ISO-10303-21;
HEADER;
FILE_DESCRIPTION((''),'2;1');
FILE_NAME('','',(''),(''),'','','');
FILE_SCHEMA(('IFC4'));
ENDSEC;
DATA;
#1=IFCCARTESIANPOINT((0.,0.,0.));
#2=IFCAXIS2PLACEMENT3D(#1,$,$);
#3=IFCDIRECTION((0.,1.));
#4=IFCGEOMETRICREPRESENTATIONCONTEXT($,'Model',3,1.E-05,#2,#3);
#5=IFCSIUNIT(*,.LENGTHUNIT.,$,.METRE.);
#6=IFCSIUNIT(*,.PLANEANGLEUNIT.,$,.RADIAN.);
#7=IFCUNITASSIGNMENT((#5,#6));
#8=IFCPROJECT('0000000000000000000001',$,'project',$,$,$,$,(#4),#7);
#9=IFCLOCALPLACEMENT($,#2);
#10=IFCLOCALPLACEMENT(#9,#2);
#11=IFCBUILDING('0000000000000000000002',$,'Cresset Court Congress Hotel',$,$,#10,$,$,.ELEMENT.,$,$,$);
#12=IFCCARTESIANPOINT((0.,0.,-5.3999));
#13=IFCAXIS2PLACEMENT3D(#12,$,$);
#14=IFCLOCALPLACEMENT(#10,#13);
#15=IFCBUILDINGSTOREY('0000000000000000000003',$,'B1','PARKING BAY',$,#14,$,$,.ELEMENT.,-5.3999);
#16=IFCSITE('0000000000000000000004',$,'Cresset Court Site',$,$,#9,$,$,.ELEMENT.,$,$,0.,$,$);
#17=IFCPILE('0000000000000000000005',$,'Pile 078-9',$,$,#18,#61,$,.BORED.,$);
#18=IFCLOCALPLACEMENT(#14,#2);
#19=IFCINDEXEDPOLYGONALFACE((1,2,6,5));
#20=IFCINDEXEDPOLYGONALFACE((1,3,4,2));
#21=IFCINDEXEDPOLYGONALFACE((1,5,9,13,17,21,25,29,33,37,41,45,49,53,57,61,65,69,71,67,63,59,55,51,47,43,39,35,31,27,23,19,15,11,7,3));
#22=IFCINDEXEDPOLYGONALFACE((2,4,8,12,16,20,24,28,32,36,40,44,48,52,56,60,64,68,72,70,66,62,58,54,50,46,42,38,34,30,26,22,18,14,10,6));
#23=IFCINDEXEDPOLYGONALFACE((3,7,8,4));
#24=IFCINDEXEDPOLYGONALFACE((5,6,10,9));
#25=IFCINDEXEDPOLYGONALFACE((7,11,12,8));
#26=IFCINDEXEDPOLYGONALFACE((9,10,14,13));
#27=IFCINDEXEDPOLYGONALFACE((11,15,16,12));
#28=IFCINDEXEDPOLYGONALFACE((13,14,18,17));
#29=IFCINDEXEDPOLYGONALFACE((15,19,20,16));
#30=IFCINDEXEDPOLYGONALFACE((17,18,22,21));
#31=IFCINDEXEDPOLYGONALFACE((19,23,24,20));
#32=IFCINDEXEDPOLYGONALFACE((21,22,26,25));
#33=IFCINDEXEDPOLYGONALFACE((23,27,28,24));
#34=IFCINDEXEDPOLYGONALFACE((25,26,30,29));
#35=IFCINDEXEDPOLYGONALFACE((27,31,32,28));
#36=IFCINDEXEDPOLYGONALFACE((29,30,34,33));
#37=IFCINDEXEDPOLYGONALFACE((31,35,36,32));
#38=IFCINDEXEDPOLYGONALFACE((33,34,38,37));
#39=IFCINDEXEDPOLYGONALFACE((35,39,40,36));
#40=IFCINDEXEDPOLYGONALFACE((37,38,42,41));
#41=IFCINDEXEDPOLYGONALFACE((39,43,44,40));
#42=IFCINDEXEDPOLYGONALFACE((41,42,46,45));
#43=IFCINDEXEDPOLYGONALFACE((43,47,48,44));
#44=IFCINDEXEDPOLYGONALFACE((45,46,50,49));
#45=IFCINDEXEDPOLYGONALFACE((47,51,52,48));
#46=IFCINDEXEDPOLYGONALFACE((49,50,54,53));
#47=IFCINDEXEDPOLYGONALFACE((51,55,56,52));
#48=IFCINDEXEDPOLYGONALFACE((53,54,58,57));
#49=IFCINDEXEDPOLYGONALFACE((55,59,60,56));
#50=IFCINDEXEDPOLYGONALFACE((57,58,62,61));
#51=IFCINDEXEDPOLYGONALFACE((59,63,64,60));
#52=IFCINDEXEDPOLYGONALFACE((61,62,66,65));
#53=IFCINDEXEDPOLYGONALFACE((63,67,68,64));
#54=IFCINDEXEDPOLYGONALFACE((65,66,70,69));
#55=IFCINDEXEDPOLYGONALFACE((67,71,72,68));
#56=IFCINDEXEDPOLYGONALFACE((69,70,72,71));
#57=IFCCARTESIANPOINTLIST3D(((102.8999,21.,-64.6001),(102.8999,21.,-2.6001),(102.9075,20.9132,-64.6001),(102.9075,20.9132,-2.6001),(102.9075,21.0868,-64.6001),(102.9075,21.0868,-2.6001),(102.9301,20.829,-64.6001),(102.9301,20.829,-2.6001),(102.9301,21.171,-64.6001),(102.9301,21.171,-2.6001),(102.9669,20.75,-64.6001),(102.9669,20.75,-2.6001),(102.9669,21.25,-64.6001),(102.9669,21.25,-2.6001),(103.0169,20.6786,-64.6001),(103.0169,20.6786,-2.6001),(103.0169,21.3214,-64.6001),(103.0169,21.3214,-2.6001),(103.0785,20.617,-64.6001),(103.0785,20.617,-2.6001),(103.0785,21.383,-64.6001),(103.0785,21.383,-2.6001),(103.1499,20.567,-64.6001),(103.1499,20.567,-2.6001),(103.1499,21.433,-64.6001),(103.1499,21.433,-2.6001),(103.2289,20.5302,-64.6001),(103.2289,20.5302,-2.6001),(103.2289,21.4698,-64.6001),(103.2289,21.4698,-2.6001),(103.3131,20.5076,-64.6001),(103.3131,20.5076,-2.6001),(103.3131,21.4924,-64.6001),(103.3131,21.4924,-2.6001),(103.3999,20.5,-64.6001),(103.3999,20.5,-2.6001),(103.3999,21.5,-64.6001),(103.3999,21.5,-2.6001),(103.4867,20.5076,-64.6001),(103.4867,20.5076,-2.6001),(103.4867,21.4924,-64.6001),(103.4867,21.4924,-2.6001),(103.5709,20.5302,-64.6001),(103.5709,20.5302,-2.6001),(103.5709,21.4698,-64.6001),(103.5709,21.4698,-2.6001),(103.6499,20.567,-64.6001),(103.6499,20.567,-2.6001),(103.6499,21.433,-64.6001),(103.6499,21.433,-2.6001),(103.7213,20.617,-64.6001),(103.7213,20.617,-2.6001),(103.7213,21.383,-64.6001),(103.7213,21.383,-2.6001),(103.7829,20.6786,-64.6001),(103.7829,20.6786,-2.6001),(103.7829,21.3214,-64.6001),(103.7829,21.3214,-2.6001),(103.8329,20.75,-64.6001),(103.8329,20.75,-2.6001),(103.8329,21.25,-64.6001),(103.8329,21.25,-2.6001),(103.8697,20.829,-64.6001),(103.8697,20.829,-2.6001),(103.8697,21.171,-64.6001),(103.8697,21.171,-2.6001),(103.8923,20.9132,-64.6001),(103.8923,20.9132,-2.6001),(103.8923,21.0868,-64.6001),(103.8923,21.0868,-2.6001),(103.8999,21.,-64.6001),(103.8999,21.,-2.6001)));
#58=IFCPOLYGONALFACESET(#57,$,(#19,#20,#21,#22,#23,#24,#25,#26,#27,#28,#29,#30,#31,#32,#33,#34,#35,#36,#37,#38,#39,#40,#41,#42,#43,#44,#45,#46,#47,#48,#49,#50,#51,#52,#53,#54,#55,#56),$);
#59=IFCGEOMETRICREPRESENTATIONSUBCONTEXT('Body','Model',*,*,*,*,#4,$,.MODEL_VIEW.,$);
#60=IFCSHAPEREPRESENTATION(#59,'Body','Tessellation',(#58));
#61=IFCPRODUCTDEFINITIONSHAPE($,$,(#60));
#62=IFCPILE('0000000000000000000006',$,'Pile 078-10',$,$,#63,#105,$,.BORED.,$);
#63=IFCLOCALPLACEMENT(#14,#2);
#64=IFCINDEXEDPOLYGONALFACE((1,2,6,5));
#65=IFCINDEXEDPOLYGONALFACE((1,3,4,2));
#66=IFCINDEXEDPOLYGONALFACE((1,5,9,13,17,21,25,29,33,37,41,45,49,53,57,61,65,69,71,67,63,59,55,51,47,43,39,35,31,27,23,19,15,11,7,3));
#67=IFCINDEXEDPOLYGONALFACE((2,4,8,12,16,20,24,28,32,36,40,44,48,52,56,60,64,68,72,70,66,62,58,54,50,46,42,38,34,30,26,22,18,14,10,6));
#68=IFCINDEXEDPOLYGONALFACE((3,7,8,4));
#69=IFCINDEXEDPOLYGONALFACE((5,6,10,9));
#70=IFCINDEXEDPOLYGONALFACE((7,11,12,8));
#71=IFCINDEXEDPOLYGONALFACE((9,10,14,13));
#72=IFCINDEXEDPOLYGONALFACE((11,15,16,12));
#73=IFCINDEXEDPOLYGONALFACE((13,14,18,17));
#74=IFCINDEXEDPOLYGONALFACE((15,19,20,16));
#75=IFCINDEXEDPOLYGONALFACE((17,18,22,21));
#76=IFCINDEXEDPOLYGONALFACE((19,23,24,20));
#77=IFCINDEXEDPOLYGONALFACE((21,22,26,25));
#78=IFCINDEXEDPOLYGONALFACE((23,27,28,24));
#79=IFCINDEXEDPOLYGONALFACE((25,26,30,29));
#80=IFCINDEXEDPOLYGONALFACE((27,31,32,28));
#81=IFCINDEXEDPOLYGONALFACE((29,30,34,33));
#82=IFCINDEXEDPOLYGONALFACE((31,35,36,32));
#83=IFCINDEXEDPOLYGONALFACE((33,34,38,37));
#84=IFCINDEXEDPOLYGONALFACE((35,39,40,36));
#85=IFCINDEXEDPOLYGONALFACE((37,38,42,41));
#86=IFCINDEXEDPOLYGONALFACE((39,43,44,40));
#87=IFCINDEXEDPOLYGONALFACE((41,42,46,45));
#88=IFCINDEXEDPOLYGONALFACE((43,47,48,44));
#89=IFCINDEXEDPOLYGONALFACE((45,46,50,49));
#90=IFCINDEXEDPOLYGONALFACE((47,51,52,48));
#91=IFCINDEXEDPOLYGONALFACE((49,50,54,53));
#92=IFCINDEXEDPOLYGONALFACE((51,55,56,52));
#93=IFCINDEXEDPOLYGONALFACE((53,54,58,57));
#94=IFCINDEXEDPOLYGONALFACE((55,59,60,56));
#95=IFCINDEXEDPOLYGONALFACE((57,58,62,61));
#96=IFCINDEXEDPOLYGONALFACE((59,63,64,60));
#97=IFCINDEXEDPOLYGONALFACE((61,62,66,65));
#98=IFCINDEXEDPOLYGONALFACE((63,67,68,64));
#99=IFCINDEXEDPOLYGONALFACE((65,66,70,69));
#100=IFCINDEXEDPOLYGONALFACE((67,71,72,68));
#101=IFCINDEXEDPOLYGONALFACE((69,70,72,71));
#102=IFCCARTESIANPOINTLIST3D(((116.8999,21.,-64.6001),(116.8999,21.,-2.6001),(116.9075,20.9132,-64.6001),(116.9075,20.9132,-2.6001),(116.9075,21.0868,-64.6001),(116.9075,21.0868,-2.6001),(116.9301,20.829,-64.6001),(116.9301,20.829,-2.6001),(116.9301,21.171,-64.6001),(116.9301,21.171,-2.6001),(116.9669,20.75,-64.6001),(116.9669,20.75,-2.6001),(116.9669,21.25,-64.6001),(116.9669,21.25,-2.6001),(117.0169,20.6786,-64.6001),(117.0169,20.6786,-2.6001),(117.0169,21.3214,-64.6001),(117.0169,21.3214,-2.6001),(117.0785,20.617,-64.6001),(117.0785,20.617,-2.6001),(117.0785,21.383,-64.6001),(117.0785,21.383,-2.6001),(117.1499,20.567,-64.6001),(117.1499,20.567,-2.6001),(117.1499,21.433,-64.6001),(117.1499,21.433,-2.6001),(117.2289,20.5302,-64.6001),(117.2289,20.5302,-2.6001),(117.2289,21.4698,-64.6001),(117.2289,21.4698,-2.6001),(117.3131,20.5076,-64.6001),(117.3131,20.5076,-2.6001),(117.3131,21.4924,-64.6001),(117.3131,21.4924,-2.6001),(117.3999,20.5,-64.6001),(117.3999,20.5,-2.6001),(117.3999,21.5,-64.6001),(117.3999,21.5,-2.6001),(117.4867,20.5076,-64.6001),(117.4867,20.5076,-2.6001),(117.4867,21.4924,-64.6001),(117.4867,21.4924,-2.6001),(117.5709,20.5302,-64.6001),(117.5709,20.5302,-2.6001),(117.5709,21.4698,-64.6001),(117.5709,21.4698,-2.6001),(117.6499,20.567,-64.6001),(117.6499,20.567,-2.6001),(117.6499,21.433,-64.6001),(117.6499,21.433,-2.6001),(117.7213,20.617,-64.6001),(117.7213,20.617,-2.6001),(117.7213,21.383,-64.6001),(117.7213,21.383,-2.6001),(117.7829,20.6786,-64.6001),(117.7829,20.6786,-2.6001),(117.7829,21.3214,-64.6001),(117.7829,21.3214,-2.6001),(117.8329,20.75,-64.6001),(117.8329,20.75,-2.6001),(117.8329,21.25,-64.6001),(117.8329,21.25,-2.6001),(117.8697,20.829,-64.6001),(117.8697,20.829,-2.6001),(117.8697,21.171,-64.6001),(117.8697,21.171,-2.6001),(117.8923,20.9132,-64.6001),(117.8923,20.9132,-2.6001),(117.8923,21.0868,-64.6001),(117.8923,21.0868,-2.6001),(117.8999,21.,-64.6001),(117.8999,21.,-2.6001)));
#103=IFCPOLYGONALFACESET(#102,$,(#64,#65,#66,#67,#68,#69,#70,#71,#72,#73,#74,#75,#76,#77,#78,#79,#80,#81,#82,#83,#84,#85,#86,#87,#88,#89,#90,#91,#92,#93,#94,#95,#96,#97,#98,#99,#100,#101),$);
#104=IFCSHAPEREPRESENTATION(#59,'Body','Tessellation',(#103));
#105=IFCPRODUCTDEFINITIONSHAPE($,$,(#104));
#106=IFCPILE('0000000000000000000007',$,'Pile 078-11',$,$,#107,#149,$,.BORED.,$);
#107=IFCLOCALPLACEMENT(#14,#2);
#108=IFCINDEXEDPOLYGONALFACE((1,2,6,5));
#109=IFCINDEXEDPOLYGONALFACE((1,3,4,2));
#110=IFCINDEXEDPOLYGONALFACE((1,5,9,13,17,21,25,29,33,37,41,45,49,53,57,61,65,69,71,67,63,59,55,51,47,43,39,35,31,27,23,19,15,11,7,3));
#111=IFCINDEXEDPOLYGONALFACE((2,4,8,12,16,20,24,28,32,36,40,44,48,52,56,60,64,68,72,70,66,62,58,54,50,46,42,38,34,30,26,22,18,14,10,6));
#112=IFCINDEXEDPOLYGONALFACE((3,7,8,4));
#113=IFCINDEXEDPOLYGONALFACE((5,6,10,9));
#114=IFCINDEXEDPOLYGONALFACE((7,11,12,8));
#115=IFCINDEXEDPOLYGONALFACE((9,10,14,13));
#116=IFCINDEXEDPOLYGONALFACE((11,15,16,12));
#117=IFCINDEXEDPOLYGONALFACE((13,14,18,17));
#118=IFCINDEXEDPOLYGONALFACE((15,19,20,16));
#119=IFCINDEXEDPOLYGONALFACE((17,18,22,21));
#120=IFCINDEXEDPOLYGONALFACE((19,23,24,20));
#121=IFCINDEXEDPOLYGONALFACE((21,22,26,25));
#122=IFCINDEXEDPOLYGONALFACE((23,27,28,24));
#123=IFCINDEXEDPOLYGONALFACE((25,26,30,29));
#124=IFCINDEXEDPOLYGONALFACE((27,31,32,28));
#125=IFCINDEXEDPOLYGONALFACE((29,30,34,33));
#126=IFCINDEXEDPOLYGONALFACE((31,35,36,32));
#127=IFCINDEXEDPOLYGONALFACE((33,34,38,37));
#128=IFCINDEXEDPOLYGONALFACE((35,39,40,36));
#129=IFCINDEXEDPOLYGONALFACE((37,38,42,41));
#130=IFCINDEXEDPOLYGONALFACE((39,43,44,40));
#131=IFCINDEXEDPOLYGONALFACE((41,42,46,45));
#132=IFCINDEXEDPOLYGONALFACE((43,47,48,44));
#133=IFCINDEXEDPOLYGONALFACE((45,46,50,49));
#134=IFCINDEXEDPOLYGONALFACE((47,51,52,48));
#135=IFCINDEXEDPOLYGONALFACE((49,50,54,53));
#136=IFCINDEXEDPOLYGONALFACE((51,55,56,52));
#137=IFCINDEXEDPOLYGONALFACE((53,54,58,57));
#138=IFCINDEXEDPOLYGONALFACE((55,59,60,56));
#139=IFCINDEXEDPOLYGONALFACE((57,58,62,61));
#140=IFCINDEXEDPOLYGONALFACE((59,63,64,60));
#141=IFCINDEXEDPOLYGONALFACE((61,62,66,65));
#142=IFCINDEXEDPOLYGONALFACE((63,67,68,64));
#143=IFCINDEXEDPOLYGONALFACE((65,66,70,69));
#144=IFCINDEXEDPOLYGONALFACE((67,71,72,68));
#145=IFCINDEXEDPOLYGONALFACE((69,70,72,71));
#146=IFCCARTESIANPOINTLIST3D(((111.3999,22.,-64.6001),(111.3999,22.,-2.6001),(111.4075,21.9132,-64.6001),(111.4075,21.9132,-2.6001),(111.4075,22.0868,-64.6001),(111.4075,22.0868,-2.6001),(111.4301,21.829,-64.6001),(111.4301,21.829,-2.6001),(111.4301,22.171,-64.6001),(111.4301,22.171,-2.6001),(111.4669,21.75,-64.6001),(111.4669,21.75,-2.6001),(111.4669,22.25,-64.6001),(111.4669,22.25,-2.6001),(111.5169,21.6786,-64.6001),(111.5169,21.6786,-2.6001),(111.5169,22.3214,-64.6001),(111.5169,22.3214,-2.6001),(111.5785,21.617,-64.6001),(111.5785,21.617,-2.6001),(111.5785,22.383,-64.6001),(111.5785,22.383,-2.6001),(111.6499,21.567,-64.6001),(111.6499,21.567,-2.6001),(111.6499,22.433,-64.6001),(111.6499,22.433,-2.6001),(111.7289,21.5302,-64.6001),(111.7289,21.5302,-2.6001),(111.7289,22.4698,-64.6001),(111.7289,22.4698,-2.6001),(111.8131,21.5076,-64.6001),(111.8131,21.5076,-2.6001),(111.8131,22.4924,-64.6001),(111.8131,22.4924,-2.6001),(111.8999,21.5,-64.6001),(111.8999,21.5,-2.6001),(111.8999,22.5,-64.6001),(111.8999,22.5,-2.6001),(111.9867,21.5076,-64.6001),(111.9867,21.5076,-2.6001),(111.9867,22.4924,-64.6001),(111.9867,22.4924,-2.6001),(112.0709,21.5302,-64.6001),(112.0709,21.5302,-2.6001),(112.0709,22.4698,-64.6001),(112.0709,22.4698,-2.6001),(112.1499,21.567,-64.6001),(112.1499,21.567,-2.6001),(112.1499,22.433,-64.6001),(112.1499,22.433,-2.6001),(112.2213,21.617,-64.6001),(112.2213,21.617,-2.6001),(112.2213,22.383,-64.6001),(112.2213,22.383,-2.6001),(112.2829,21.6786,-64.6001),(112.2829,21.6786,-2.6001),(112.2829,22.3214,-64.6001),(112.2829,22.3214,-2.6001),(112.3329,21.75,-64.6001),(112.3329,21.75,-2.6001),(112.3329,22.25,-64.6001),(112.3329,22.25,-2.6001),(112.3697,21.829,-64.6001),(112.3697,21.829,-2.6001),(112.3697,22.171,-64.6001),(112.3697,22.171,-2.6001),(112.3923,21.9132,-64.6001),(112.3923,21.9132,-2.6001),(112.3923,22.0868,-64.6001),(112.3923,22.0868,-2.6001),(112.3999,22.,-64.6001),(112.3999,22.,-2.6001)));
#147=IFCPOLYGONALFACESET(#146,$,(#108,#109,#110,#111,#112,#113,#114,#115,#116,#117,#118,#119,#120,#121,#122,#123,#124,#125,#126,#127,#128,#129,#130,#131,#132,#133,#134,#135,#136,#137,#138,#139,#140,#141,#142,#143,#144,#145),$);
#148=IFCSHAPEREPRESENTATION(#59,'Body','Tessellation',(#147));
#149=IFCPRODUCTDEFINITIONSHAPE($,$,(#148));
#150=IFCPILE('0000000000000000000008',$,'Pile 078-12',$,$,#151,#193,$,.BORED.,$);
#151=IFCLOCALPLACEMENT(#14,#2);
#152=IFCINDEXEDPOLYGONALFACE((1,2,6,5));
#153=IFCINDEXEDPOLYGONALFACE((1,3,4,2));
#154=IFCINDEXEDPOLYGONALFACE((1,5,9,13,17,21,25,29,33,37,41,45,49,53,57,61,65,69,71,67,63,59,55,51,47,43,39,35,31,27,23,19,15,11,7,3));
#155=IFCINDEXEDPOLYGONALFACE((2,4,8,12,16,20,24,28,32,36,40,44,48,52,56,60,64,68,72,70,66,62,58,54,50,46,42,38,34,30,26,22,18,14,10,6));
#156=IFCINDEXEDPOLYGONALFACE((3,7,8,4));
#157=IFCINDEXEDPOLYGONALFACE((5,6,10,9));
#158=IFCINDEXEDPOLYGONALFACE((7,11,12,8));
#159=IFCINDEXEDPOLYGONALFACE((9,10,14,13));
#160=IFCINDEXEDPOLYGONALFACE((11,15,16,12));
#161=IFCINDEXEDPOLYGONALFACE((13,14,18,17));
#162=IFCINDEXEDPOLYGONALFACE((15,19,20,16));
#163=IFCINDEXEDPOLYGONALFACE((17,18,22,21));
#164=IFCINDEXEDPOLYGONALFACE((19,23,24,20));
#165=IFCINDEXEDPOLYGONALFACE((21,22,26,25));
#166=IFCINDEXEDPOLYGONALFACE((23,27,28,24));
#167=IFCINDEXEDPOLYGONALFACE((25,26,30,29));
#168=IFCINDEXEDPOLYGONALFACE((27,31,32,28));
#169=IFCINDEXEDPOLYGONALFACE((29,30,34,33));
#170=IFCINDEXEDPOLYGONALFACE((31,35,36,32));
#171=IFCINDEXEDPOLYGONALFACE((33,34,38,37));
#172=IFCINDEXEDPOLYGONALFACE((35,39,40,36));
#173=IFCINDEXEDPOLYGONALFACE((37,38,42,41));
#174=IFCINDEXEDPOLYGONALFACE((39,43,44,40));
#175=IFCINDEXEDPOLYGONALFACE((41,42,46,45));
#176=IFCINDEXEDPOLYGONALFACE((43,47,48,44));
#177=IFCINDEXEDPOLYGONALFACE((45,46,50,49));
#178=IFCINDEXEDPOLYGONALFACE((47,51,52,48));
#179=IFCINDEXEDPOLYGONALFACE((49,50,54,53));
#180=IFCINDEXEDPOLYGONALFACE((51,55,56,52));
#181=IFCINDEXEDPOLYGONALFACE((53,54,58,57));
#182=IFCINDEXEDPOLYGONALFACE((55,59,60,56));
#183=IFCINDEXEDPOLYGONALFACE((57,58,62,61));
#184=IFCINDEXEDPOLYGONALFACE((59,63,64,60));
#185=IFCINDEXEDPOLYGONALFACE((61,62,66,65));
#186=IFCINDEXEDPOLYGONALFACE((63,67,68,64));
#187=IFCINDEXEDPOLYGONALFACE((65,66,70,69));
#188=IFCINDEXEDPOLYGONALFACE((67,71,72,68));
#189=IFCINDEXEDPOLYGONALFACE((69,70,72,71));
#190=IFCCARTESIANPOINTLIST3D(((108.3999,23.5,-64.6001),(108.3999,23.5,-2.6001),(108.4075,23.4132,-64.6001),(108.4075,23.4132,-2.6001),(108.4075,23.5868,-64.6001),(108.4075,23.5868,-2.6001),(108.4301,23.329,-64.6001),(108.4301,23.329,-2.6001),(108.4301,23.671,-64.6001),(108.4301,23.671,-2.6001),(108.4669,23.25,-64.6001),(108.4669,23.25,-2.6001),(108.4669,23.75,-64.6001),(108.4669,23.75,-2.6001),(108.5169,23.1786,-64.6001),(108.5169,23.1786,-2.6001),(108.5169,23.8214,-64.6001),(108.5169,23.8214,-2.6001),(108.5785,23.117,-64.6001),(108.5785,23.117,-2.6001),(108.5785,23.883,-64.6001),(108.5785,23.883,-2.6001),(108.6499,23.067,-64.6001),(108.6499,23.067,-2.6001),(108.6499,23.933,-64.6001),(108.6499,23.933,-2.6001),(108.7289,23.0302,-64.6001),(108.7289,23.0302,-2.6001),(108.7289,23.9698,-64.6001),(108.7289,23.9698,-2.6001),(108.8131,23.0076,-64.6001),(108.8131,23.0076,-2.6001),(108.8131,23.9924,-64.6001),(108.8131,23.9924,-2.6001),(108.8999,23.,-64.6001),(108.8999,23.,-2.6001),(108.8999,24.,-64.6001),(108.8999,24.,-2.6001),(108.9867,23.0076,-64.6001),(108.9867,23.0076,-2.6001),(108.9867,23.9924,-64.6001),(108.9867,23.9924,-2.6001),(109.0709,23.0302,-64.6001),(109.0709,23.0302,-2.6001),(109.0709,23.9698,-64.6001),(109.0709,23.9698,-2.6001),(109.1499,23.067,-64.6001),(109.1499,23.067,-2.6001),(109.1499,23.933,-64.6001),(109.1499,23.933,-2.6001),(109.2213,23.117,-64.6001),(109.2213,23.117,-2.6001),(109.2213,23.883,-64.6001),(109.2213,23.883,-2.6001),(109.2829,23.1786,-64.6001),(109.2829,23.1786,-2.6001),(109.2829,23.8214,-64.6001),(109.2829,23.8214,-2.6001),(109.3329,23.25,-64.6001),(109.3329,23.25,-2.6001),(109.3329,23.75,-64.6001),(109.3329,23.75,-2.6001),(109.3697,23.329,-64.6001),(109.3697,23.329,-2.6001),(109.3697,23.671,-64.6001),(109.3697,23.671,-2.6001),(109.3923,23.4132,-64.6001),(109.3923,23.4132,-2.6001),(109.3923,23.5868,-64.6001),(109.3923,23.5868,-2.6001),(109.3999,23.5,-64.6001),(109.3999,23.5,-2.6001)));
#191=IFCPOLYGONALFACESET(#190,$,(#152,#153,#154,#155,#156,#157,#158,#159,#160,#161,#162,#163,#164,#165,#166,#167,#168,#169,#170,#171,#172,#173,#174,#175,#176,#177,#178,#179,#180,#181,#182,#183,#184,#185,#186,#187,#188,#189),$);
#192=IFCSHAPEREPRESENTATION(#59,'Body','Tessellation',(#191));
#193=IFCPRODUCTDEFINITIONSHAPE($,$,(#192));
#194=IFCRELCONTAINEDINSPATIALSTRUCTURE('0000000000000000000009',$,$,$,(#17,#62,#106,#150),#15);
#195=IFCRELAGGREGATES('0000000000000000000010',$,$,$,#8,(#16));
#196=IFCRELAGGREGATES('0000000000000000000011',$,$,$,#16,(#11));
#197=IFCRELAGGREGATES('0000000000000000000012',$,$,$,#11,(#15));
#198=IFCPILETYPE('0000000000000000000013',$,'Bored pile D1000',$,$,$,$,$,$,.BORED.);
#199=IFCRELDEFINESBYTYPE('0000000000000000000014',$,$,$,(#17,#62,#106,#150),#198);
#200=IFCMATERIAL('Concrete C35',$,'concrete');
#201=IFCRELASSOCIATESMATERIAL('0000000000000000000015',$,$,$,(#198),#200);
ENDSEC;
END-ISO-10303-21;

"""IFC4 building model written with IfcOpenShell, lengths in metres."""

from ifc_helpers import new_model, si_unit, direction, frame, origin, origin_2d, place, context, subcontext, project, spatial, circle, extrude, material, type_object, element, save


model = new_model("IFC4")

# Units and contexts
model_context = context("Model", 3, precision=1e-05, world=origin(), true_north=direction((0.0, 1.0)))
body_context = subcontext(model_context, "Body", "Model", "MODEL_VIEW")
ifc_project = project(units=[si_unit("LENGTHUNIT", "METRE"), si_unit("PLANEANGLEUNIT", "RADIAN")], contexts=[model_context])

# Site, building, storey
site_placement = place(None, origin())
site = spatial("IfcSite", under=ifc_project, at=site_placement, Name="Cresset Court Site", CompositionType="ELEMENT", RefElevation=0.0)
building_placement = place(site_placement, origin())
building = spatial("IfcBuilding", under=site, at=building_placement, Name="Cresset Court Congress Hotel", CompositionType="ELEMENT")
storey_placement = place(building_placement, frame((0.0, 0.0, -5.3999)))
storey = spatial("IfcBuildingStorey", under=building, at=storey_placement, Name="B1", Description="PARKING BAY", CompositionType="ELEMENT", Elevation=-5.3999)

# Piles
ifc_material_1 = material(Name="Concrete C35", Category="concrete")
pile_type = type_object("IfcPileType", Name="Bored pile D1000", PredefinedType="BORED", material=ifc_material_1)
for number, where, z_axis, x_axis, name in (
    (1, (103.3999, 21.0, -2.6001), (0.0, 0.0, -1.0), (1.0, 0.0, 0.0), "Pile 078-9"),
    (2, (117.3999, 21.0, -2.6001), (0.0, 0.0, -1.0), (1.0, 0.0, 0.0), "Pile 078-10"),
    (3, (111.8999, 22.0, -2.6001), (0.0, 0.0, -1.0), (1.0, 0.0, 0.0), "Pile 078-11"),
    (4, (108.8999, 23.5, -2.6001), (0.0, 0.0, -1.0), (1.0, 0.0, 0.0), "Pile 078-12"),
):
    element("IfcPile", number, at=place(storey_placement, frame(where, z_axis=z_axis, x_axis=x_axis)), inside=storey, type_object=pile_type, Name=name, PredefinedType="BORED", context=body_context, shape_type="SweptSolid", body=[
        extrude(circle(Radius=0.5, at=origin_2d()), origin(), (0.0, 0.0, 1.0), 62.0),
    ])

save(model, "model.ifc")
